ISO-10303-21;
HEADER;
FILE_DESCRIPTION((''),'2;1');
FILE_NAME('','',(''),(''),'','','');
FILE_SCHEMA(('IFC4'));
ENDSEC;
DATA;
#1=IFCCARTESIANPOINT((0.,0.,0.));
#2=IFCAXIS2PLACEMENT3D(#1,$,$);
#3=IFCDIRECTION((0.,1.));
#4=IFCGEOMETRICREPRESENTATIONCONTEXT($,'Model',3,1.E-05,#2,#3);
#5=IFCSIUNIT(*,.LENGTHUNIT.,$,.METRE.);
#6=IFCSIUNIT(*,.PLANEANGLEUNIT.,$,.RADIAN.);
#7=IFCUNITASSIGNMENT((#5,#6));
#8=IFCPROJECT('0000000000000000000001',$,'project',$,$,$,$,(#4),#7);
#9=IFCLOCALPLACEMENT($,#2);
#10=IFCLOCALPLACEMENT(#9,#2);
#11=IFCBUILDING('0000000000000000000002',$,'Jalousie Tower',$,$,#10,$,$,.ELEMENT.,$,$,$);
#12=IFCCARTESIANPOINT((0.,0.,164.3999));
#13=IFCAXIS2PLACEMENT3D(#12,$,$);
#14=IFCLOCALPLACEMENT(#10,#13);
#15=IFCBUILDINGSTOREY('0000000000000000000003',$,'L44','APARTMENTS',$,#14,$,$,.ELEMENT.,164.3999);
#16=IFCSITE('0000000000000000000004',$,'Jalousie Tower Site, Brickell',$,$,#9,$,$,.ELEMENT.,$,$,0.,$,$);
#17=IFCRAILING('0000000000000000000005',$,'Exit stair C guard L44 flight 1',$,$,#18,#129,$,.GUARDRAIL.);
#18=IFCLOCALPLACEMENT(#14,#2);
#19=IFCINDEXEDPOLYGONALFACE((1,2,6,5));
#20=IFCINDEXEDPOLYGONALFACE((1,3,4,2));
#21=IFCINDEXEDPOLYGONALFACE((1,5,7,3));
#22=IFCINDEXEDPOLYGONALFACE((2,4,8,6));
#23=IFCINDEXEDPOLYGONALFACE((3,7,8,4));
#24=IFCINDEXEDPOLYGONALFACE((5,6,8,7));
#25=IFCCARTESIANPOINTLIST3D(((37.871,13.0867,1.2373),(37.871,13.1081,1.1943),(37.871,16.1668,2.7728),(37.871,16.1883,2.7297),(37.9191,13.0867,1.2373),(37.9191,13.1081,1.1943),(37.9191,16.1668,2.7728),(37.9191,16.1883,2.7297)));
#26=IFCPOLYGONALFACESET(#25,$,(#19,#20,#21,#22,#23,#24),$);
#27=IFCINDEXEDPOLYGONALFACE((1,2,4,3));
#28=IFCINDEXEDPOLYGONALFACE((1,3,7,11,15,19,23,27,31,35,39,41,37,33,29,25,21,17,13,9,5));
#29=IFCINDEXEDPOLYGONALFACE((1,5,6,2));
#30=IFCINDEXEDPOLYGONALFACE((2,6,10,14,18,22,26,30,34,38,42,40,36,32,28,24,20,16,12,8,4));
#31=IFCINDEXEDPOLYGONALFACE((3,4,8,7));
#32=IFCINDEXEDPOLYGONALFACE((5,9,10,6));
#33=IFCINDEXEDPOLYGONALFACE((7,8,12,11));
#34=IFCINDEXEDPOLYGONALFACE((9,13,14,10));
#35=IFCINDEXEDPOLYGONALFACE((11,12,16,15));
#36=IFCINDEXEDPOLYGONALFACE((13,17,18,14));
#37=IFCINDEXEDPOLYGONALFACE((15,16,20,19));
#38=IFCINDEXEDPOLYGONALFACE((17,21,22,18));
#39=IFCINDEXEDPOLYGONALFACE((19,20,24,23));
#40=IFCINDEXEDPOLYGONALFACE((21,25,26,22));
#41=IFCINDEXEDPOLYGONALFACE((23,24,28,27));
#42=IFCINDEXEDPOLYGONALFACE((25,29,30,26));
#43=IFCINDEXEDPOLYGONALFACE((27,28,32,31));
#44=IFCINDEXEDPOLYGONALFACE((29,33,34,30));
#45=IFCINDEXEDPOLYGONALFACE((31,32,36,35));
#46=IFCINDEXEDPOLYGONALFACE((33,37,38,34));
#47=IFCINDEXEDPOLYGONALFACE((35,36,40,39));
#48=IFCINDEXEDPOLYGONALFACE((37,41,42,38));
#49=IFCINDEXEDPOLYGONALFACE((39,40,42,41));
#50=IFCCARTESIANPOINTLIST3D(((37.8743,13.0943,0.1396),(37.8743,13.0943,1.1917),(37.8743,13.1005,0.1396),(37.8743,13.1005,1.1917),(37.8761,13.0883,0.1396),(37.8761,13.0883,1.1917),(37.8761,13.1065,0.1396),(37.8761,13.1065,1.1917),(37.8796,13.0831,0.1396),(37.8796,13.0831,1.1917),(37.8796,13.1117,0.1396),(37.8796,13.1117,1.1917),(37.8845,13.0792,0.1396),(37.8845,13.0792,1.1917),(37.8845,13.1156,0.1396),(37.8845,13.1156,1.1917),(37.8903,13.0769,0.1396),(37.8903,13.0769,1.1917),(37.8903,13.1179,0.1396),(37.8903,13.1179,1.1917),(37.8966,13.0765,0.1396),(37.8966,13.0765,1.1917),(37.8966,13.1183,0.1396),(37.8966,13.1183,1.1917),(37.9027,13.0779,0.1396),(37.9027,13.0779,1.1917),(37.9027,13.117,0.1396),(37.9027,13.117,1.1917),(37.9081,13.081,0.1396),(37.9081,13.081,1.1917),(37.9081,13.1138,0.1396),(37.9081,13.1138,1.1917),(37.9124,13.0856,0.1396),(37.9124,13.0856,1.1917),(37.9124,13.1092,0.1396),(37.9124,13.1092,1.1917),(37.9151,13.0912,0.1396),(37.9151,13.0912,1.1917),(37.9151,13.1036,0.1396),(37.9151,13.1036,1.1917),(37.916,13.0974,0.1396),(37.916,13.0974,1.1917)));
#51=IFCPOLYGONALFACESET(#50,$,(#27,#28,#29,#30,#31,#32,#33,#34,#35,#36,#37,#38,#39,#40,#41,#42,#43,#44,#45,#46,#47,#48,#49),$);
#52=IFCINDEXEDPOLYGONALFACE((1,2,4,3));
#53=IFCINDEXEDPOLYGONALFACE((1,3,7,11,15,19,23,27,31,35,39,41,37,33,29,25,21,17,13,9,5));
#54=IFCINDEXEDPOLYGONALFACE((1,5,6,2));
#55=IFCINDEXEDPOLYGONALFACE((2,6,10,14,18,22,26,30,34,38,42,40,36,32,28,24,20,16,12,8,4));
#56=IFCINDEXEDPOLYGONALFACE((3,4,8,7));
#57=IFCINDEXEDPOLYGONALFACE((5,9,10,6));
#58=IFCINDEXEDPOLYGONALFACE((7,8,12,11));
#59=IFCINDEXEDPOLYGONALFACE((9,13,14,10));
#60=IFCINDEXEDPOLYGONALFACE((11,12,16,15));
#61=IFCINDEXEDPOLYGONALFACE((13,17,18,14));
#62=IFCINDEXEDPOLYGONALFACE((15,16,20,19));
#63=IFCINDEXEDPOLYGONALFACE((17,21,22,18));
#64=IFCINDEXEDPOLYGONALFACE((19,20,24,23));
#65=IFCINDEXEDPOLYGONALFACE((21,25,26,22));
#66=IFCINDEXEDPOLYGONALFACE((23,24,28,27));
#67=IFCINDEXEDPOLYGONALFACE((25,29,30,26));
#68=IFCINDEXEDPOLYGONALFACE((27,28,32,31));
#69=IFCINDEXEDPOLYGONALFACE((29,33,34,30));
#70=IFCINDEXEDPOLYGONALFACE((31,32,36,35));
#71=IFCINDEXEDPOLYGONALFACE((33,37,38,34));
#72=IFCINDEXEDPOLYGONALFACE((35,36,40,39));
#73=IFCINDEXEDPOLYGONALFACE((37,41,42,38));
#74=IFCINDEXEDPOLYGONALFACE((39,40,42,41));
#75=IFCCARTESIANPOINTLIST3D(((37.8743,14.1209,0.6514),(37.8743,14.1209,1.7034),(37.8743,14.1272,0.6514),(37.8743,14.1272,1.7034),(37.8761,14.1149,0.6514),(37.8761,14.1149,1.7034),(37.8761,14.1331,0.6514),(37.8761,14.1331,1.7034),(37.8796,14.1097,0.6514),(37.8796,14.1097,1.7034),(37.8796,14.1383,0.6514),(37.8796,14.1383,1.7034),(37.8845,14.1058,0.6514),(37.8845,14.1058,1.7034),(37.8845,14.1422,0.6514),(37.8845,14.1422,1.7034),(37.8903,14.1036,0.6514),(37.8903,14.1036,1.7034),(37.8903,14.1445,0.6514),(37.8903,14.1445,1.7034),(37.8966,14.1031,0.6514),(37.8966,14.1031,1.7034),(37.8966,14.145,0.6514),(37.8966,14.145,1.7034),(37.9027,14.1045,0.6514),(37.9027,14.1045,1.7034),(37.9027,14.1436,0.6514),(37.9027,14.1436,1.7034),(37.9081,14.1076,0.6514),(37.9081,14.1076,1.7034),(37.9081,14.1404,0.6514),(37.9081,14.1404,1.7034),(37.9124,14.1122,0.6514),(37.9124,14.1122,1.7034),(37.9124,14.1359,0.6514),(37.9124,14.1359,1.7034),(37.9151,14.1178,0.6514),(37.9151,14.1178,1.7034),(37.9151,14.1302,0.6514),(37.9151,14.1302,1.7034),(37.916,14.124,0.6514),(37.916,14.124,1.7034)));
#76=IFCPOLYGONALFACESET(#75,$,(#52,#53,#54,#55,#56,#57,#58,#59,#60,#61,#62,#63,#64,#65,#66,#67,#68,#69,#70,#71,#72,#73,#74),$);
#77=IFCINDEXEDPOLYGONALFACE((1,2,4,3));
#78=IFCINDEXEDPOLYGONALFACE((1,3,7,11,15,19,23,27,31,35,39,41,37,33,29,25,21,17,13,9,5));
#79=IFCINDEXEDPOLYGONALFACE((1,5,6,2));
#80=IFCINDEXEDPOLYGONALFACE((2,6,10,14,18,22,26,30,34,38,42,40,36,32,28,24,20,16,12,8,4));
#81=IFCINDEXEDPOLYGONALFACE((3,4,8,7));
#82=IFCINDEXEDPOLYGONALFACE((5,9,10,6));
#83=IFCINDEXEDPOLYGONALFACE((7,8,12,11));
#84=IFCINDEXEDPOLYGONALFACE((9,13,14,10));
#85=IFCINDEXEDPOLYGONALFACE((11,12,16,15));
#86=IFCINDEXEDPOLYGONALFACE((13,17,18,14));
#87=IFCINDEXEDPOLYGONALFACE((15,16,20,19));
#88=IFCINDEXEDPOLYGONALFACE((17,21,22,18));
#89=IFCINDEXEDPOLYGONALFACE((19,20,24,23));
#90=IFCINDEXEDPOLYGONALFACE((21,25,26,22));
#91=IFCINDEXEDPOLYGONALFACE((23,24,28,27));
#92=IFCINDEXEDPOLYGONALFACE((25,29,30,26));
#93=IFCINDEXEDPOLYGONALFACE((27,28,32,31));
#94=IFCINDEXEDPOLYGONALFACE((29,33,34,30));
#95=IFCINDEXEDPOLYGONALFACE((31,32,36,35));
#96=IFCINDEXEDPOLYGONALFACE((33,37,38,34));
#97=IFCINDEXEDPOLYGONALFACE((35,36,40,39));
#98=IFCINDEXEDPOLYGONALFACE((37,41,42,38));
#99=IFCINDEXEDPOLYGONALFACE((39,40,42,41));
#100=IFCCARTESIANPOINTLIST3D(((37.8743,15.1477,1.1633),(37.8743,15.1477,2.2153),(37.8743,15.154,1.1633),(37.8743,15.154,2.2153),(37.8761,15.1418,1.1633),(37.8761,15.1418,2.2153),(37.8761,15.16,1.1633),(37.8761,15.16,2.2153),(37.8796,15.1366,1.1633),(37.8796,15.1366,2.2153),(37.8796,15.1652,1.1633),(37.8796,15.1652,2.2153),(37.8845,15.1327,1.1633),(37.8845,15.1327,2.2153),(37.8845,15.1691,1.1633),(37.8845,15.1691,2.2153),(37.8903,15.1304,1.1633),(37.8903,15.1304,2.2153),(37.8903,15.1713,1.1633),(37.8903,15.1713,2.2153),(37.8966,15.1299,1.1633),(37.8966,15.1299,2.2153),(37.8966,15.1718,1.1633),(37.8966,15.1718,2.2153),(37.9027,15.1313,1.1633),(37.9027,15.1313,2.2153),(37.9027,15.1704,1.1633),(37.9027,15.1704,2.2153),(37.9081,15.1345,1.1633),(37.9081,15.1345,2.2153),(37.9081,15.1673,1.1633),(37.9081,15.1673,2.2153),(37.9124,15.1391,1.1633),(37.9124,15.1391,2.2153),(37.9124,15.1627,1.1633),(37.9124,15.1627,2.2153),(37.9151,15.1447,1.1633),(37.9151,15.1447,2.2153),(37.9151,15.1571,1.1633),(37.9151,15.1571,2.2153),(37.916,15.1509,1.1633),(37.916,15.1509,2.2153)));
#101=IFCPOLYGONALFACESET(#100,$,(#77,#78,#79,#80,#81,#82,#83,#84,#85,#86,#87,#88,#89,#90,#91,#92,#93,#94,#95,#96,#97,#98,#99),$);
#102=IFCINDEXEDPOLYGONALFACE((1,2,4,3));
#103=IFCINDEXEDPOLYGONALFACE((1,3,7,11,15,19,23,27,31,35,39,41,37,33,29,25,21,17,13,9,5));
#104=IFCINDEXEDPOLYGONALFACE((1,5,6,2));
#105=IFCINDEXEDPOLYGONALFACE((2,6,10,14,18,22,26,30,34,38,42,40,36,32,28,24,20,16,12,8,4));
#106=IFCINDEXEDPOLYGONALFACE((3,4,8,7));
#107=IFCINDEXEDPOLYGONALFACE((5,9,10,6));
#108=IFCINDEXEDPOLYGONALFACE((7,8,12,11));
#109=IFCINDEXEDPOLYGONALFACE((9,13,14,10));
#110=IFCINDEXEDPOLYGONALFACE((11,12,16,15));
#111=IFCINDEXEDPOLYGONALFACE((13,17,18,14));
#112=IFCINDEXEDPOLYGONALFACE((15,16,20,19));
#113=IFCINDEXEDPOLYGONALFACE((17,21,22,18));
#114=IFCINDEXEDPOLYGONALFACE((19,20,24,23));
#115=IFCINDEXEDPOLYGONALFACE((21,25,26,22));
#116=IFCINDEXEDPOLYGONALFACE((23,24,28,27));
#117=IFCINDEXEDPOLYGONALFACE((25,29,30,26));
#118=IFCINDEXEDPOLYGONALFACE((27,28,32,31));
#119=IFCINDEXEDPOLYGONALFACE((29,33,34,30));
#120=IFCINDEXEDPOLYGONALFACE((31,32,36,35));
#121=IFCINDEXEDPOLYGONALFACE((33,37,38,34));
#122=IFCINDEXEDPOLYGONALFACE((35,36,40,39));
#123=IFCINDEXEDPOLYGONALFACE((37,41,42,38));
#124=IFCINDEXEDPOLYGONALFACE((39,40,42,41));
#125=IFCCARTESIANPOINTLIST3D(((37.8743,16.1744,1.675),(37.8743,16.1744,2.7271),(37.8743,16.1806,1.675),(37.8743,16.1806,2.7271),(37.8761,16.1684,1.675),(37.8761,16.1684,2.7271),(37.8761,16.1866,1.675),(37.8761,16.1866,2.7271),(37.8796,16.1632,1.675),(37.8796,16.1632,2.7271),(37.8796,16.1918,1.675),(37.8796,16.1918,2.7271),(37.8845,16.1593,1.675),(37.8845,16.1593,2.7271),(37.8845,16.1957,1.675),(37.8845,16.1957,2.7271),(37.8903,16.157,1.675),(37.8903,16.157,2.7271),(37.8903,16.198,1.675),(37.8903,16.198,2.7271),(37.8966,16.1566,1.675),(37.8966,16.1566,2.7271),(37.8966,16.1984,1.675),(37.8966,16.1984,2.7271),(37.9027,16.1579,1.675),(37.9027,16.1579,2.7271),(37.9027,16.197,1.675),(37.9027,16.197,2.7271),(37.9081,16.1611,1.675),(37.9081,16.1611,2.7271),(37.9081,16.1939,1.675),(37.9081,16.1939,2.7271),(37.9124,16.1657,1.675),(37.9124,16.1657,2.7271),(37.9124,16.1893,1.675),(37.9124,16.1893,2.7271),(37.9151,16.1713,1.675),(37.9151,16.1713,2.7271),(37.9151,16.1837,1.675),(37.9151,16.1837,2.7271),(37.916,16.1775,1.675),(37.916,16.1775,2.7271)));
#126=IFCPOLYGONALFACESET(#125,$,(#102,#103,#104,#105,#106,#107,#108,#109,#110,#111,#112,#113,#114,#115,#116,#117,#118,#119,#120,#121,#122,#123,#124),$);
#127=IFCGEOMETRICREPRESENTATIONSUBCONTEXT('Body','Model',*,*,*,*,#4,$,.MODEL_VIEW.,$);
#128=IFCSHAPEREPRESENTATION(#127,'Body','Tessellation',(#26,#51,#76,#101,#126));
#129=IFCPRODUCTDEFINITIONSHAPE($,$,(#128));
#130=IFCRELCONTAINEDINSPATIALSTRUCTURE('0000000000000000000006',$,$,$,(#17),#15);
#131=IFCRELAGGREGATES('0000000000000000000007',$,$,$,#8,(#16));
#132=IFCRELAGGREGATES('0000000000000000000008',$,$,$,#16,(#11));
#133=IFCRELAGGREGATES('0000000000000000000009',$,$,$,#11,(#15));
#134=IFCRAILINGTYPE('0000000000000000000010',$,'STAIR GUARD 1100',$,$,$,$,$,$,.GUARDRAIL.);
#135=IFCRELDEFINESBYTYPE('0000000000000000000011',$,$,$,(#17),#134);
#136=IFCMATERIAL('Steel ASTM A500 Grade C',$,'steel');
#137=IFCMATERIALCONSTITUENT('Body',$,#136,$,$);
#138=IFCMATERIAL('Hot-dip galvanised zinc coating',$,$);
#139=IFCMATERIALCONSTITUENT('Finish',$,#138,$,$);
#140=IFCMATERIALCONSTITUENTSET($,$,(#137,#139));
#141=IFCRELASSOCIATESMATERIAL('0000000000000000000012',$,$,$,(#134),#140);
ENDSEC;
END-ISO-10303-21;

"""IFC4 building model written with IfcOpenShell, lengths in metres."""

from ifc_helpers import new_model, si_unit, direction, frame, origin, origin_2d, place, context, subcontext, project, spatial, rectangle, circle, extrude, material, constituent, constituent_set, type_object, element, save


model = new_model("IFC4")

# Units and contexts
model_context = context("Model", 3, precision=1e-05, world=origin(), true_north=direction((0.0, 1.0)))
body_context = subcontext(model_context, "Body", "Model", "MODEL_VIEW")
ifc_project = project(units=[si_unit("LENGTHUNIT", "METRE"), si_unit("PLANEANGLEUNIT", "RADIAN")], contexts=[model_context])

# Site, building, storey
site_placement = place(None, origin())
site = spatial("IfcSite", under=ifc_project, at=site_placement, Name="Jalousie Tower Site, Brickell", CompositionType="ELEMENT", RefElevation=0.0)
building_placement = place(site_placement, origin())
building = spatial("IfcBuilding", under=site, at=building_placement, Name="Jalousie Tower", CompositionType="ELEMENT")
storey_placement = place(building_placement, frame((0.0, 0.0, 164.3999)))
storey = spatial("IfcBuildingStorey", under=building, at=storey_placement, Name="L44", Description="APARTMENTS", CompositionType="ELEMENT", Elevation=164.3999)

# Railing
ifc_material_1 = material(Name="Steel ASTM A500 Grade C", Category="steel")
ifc_constituent_1 = constituent(ifc_material_1, Name="Body")
ifc_material_2 = material(Name="Hot-dip galvanised zinc coating")
ifc_constituent_2 = constituent(ifc_material_2, Name="Finish")
ifc_constituent_set_1 = constituent_set(constituents=[ifc_constituent_1, ifc_constituent_2])
railing_type_1 = type_object("IfcRailingType", Name="STAIR GUARD 1100", PredefinedType="GUARDRAIL", material=ifc_constituent_set_1)
railing_1_placement = place(storey_placement, frame((37.895, 13.0974, 0.1396)))
element("IfcRailing", 1, at=railing_1_placement, inside=storey, type_object=railing_type_1, Name="Exit stair C guard L44 flight 1", PredefinedType="GUARDRAIL", context=body_context, shape_type="SweptSolid", body=[
    extrude(rectangle(XDim=0.0481, YDim=0.0481, at=origin_2d()), frame((0.0, 0.0, 1.0762), z_axis=(0.0, 0.894966, 0.446135), x_axis=(-1.0, 0.0, 0.0)), (0.0, 0.0, 1.0), 3.4417),
    extrude(circle(Radius=0.021, at=origin_2d()), origin(), (0.0, 0.0, 1.0), 1.052),
    extrude(circle(Radius=0.021, at=origin_2d()), frame((0.0, 1.0266, 0.5117)), (0.0, 0.0, 1.0), 1.052),
    extrude(circle(Radius=0.021, at=origin_2d()), frame((0.0, 2.0535, 1.0237)), (0.0, 0.0, 1.0), 1.052),
    extrude(circle(Radius=0.021, at=origin_2d()), frame((0.0, 3.0801, 1.5354)), (0.0, 0.0, 1.0), 1.052),
])

save(model, "model.ifc")
